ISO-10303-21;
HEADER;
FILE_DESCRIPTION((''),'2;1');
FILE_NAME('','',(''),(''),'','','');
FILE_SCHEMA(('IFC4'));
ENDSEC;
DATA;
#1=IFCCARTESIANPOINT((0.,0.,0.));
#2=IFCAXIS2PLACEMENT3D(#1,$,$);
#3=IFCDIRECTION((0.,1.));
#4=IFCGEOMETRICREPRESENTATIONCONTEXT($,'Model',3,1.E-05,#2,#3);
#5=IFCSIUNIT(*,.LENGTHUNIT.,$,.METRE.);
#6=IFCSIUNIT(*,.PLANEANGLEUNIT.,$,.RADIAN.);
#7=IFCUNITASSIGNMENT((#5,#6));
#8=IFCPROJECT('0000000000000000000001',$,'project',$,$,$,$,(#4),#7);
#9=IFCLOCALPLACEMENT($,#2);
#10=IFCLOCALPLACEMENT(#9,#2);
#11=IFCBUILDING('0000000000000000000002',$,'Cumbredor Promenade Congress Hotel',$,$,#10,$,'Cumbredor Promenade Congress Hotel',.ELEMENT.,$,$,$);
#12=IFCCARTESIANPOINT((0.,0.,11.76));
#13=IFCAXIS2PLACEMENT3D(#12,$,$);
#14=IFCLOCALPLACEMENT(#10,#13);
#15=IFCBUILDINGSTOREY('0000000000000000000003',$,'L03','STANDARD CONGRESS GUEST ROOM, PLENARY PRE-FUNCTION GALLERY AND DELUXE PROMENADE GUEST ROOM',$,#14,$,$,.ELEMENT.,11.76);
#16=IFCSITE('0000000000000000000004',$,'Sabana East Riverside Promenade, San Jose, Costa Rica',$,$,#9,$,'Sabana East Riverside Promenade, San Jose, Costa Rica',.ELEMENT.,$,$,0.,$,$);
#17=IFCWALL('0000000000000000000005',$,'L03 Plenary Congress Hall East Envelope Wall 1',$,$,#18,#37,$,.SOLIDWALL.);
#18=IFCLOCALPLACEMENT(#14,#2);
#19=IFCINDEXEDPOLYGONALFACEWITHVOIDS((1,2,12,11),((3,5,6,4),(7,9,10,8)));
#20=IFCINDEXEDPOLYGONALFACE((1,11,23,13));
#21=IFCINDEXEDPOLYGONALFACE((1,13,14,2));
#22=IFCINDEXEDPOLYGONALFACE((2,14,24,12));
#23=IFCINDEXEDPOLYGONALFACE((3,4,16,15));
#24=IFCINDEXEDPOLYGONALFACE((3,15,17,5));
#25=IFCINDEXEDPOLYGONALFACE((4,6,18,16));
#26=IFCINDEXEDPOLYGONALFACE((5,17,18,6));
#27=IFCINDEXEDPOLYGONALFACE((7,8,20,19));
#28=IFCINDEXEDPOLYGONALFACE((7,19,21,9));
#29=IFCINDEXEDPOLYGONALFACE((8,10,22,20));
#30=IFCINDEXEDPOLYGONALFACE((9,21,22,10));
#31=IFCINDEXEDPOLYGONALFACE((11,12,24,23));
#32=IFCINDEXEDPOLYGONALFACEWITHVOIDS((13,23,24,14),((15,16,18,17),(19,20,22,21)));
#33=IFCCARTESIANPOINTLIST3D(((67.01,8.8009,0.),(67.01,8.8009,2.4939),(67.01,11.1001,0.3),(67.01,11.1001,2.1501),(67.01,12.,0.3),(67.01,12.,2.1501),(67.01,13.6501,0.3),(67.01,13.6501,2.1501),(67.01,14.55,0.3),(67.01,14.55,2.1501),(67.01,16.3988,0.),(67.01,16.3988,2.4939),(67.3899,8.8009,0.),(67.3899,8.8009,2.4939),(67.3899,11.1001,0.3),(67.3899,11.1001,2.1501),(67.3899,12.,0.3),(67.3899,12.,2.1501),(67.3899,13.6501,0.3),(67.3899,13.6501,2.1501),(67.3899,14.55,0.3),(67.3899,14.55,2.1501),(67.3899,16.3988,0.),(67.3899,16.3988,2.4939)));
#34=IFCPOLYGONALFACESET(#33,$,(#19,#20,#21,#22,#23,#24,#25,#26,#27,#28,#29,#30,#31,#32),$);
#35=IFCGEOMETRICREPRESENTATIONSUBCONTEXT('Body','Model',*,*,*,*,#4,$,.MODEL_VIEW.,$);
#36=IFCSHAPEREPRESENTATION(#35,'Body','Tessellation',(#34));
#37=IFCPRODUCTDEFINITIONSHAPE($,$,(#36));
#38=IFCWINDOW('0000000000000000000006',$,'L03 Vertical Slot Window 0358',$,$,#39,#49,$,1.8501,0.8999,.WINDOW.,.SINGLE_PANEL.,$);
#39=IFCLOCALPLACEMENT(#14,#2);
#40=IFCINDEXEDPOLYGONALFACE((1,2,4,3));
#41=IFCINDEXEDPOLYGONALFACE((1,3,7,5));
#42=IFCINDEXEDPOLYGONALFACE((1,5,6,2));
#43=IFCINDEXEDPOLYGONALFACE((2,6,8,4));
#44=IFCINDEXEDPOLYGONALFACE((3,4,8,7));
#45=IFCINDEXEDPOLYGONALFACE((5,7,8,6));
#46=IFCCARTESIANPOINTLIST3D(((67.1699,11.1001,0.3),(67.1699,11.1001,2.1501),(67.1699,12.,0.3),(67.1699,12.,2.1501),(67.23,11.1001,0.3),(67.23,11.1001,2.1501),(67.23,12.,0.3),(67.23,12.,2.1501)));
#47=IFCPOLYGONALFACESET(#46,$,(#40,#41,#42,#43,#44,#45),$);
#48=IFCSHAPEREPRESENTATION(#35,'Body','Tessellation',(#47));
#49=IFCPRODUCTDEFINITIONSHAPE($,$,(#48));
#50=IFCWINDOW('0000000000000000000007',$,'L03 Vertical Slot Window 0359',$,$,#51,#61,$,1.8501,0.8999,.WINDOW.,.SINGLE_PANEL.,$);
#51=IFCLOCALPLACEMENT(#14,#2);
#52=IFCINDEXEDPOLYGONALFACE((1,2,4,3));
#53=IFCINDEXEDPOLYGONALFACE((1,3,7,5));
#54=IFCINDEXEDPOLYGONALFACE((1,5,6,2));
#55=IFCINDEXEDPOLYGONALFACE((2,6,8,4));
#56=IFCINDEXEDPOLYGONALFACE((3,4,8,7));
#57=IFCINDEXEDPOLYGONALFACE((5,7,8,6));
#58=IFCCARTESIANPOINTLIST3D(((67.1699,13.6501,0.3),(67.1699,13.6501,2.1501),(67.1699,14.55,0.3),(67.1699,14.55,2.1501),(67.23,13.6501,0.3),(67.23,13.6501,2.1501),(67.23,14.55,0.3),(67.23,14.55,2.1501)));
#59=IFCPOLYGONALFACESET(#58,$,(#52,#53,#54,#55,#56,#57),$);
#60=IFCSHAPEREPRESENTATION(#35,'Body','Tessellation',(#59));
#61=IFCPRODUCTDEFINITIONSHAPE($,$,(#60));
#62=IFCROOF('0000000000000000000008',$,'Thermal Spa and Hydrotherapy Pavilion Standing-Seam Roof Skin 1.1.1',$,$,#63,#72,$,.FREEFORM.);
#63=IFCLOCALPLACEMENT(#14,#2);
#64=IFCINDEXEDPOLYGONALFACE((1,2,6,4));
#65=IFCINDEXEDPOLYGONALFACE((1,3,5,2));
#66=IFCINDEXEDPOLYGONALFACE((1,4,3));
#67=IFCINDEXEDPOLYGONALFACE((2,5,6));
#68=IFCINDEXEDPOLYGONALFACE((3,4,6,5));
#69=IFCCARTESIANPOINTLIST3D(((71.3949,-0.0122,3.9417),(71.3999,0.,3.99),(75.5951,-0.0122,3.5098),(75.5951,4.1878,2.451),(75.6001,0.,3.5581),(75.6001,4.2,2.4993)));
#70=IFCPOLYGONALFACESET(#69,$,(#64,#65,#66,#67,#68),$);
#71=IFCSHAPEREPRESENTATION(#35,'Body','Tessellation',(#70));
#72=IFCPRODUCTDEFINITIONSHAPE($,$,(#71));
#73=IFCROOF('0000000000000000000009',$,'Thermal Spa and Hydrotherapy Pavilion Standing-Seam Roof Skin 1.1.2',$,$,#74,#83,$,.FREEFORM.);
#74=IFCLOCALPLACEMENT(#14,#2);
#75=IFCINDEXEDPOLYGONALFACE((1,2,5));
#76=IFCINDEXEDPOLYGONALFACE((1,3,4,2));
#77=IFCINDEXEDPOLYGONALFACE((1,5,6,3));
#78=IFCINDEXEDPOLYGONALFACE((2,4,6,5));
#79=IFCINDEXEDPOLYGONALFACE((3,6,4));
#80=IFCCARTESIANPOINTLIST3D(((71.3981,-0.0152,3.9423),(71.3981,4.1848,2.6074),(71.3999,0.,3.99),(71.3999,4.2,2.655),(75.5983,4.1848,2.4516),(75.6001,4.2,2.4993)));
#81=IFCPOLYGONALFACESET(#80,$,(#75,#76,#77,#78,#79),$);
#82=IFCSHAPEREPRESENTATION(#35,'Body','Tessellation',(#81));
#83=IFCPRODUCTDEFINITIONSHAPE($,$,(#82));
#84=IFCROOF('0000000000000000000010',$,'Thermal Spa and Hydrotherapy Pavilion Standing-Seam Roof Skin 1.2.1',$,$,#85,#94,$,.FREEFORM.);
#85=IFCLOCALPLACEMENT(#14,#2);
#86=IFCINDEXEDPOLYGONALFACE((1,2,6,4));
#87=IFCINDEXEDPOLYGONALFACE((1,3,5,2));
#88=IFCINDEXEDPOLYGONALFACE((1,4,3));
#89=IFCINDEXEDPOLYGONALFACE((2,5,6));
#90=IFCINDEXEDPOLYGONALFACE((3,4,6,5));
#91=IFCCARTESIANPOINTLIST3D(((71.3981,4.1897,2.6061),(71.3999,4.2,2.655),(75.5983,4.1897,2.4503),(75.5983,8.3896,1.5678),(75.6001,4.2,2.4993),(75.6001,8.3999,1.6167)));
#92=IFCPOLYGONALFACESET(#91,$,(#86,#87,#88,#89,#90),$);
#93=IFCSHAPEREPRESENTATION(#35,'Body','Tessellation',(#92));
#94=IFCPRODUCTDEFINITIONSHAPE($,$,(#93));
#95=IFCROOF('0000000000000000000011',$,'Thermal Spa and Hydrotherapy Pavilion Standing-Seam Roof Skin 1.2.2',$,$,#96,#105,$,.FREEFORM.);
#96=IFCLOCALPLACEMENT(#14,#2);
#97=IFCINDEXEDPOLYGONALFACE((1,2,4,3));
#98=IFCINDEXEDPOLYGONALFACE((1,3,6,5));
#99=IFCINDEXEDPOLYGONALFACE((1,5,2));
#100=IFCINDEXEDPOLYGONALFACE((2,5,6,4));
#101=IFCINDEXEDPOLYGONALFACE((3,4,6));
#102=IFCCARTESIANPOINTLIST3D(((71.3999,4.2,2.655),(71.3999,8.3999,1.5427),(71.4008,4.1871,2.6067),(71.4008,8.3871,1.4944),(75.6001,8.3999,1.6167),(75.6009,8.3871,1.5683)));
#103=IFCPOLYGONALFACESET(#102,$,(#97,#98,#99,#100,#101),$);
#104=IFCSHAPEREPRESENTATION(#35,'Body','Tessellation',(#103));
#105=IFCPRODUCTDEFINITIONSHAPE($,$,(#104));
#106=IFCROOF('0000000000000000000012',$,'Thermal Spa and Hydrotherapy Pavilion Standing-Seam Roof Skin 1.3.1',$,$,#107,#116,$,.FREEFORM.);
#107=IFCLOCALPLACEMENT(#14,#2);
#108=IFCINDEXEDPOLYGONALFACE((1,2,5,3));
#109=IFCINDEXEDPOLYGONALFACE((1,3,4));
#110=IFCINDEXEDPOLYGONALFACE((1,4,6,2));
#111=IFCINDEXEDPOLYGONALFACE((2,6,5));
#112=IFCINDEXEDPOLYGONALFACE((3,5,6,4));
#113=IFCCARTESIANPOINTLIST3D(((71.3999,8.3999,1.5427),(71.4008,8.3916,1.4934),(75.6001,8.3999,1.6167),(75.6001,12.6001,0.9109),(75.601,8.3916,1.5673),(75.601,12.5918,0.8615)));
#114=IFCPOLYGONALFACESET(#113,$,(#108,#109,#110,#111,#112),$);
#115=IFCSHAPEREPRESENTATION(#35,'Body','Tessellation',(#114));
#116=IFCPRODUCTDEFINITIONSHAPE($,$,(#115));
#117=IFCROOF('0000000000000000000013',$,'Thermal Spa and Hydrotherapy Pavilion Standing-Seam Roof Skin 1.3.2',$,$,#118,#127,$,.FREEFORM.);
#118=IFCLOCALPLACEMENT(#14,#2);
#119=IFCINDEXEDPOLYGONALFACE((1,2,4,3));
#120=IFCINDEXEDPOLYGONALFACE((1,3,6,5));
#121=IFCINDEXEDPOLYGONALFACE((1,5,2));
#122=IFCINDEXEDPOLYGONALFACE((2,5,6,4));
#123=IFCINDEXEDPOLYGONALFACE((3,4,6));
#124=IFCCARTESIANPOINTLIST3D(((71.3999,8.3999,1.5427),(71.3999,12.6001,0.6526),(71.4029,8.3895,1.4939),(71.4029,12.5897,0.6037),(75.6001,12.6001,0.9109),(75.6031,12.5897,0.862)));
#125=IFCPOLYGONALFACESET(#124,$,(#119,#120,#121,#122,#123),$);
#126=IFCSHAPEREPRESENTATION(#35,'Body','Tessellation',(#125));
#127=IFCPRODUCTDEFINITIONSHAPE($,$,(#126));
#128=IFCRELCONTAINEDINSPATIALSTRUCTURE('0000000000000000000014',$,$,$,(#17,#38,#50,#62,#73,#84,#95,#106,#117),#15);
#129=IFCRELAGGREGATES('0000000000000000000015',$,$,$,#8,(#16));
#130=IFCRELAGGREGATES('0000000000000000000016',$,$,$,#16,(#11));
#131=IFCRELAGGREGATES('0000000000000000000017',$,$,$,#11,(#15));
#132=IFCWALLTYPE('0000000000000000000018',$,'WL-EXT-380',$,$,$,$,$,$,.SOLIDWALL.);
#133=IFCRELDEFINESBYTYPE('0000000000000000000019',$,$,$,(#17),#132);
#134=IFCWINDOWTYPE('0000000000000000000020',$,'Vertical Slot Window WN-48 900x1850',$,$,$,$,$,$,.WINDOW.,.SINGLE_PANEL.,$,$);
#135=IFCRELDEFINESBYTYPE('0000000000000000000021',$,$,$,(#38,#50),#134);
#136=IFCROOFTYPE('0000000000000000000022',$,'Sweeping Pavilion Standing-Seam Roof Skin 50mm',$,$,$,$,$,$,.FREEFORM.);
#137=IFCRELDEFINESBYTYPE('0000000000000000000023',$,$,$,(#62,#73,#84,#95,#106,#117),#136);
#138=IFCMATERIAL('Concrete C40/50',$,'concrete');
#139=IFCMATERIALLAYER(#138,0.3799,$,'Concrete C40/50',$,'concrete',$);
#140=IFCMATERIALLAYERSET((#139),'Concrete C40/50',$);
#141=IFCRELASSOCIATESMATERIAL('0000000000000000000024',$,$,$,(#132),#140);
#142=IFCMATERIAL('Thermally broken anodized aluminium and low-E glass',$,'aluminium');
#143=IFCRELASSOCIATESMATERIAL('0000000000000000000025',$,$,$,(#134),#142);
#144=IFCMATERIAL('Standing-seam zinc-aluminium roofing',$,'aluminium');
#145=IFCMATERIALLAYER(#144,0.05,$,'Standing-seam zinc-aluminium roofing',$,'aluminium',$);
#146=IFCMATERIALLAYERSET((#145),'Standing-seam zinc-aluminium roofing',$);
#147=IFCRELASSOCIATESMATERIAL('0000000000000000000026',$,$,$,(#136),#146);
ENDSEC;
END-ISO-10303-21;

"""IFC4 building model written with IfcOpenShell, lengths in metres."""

from ifc_helpers import new_model, si_unit, direction, frame, frame_2d, origin, place, context, subcontext, project, spatial, polyline, rectangle, outline, extrude, material, layer, layer_set, type_object, element, fill, save


model = new_model("IFC4")

# Units and contexts
model_context = context("Model", 3, precision=1e-05, world=origin(), true_north=direction((0.0, 1.0)))
body_context = subcontext(model_context, "Body", "Model", "MODEL_VIEW")
ifc_project = project(units=[si_unit("LENGTHUNIT", "METRE"), si_unit("PLANEANGLEUNIT", "RADIAN")], contexts=[model_context])

# Site, building, storey
site_placement = place(None, origin())
site = spatial("IfcSite", under=ifc_project, at=site_placement, Name="Sabana East Riverside Promenade, San Jose, Costa Rica", LongName="Sabana East Riverside Promenade, San Jose, Costa Rica", CompositionType="ELEMENT", RefElevation=0.0)
building_placement = place(site_placement, origin())
building = spatial("IfcBuilding", under=site, at=building_placement, Name="Cumbredor Promenade Congress Hotel", LongName="Cumbredor Promenade Congress Hotel", CompositionType="ELEMENT")
storey_placement = place(building_placement, frame((0.0, 0.0, 11.76)))
storey = spatial("IfcBuildingStorey", under=building, at=storey_placement, Name="L03", Description="STANDARD CONGRESS GUEST ROOM, PLENARY PRE-FUNCTION GALLERY AND DELUXE PROMENADE GUEST ROOM", CompositionType="ELEMENT", Elevation=11.76)

# Shared definitions
ifc_material_1 = material(Name="Thermally broken anodized aluminium and low-E glass", Category="aluminium")

# Shared definitions
ifc_material_2 = material(Name="Concrete C40/50", Category="concrete")

# Wall, openings, windows
ifc_layer_1 = layer(ifc_material_2, 0.3799, Name="Concrete C40/50", Category="concrete")
ifc_layer_set_1 = layer_set([ifc_layer_1], Name="Concrete C40/50")
wall_type = type_object("IfcWallType", Name="WL-EXT-380", PredefinedType="SOLIDWALL", material=ifc_layer_set_1)
wall_placement = place(storey_placement, frame((67.2, 8.801, 0.0), z_axis=(0.0, 0.0, 1.0), x_axis=(0.0, 1.0, 0.0)))
wall = element("IfcWall", 1, at=wall_placement, inside=storey, type_object=wall_type, Name="L03 Plenary Congress Hall East Envelope Wall 1", PredefinedType="SOLIDWALL", context=body_context, shape_type="SweptSolid", body=[
    extrude(rectangle(XDim=7.5979, YDim=0.3799, at=frame_2d((3.7988, 0.0))), origin(), (0.0, 0.0, 1.0), 2.4939),
])
opening_1_placement = place(wall_placement, frame((2.2991, 0.0, 0.3)))
opening_1 = element("IfcOpeningElement", 2, at=opening_1_placement, cuts=wall, PredefinedType="OPENING", context=body_context, shape_type="SweptSolid", body=[
    extrude(rectangle(XDim=0.8999, YDim=1.8501, at=frame_2d((0.45, 0.925))), frame((0.0, 0.2, 0.0), z_axis=(0.0, -1.0, 0.0), x_axis=(1.0, 0.0, 0.0)), (0.0, 0.0, 1.0), 0.3999),
])
opening_2_placement = place(wall_placement, frame((4.8491, 0.0, 0.3)))
opening_2 = element("IfcOpeningElement", 3, at=opening_2_placement, cuts=wall, PredefinedType="OPENING", context=body_context, shape_type="SweptSolid", body=[
    extrude(rectangle(XDim=0.8999, YDim=1.8501, at=frame_2d((0.45, 0.925))), frame((0.0, 0.2, 0.0), z_axis=(0.0, -1.0, 0.0), x_axis=(1.0, 0.0, 0.0)), (0.0, 0.0, 1.0), 0.3999),
])
window_type = type_object("IfcWindowType", Name="Vertical Slot Window WN-48 900x1850", PartitioningType="SINGLE_PANEL", PredefinedType="WINDOW", material=ifc_material_1)
window_1_placement = place(opening_1_placement, origin())
window_1 = element("IfcWindow", 4, at=window_1_placement, inside=storey, type_object=window_type, Name="L03 Vertical Slot Window 0358", OverallHeight=1.8501, OverallWidth=0.8999, PartitioningType="SINGLE_PANEL", PredefinedType="WINDOW", context=body_context, shape_type="SweptSolid", body=[
    extrude(rectangle(XDim=0.8999, YDim=1.8501, at=frame_2d((0.45, 0.925))), frame((0.0, 0.03, 0.0), z_axis=(0.0, -1.0, 0.0), x_axis=(1.0, 0.0, 0.0)), (0.0, 0.0, 1.0), 0.0601),
])
fill(opening_1, window_1)
window_2_placement = place(opening_2_placement, origin())
window_2 = element("IfcWindow", 5, at=window_2_placement, inside=storey, type_object=window_type, Name="L03 Vertical Slot Window 0359", OverallHeight=1.8501, OverallWidth=0.8999, PartitioningType="SINGLE_PANEL", PredefinedType="WINDOW", context=body_context, shape_type="SweptSolid", body=[
    extrude(rectangle(XDim=0.8999, YDim=1.8501, at=frame_2d((0.45, 0.925))), frame((0.0, 0.03, 0.0), z_axis=(0.0, -1.0, 0.0), x_axis=(1.0, 0.0, 0.0)), (0.0, 0.0, 1.0), 0.0601),
])
fill(opening_2, window_2)

# Roofs
ifc_material_3 = material(Name="Standing-seam zinc-aluminium roofing", Category="aluminium")
ifc_layer_2 = layer(ifc_material_3, 0.05, Name="Standing-seam zinc-aluminium roofing", Category="aluminium")
ifc_layer_set_2 = layer_set([ifc_layer_2], Name="Standing-seam zinc-aluminium roofing")
roof_type = type_object("IfcRoofType", Name="Sweeping Pavilion Standing-Seam Roof Skin 50mm", PredefinedType="FREEFORM", material=ifc_layer_set_2)
roof_1_placement = place(storey_placement, frame((71.3999, 0.0, 3.99), z_axis=(0.099213, 0.243252, 0.964876), x_axis=(0.994755, 0.0, -0.102286)))
element("IfcRoof", 6, at=roof_1_placement, inside=storey, type_object=roof_type, Name="Thermal Spa and Hydrotherapy Pavilion Standing-Seam Roof Skin 1.1.1", PredefinedType="FREEFORM", context=body_context, shape_type="SweptSolid", body=[
    extrude(outline(polyline([(0.0, 0.0), (4.2223, 0.0), (4.3306, 4.33), (0.0, 0.0)])), origin(), (0.0, 0.0, -1.0), 0.05),
])
roof_2_placement = place(storey_placement, frame((71.3999, 0.0, 3.99), z_axis=(0.03532, 0.302729, 0.952422), x_axis=(0.685857, 0.685817, -0.243423)))
element("IfcRoof", 7, at=roof_2_placement, inside=storey, type_object=roof_type, Name="Thermal Spa and Hydrotherapy Pavilion Standing-Seam Roof Skin 1.1.2", PredefinedType="FREEFORM", context=body_context, shape_type="SweptSolid", body=[
    extrude(outline(polyline([(0.0, 0.0), (6.124, 0.0), (3.2054, 3.0245), (0.0, 0.0)])), origin(), (0.0, 0.0, -1.0), 0.05),
])
roof_3_placement = place(storey_placement, frame((71.3999, 4.2, 2.655), z_axis=(0.036268, 0.205511, 0.977983), x_axis=(0.999313, 0.0, -0.037059)))
element("IfcRoof", 8, at=roof_3_placement, inside=storey, type_object=roof_type, Name="Thermal Spa and Hydrotherapy Pavilion Standing-Seam Roof Skin 1.2.1", PredefinedType="FREEFORM", context=body_context, shape_type="SweptSolid", body=[
    extrude(outline(polyline([(0.0, 0.0), (4.2031, 0.0), (4.2358, 4.2916), (0.0, 0.0)])), origin(), (0.0, 0.0, -1.0), 0.05),
])
roof_4_placement = place(storey_placement, frame((71.3999, 4.2, 2.655), z_axis=(-0.017023, 0.255974, 0.966534), x_axis=(0.696565, 0.696524, -0.172198)))
element("IfcRoof", 9, at=roof_4_placement, inside=storey, type_object=roof_type, Name="Thermal Spa and Hydrotherapy Pavilion Standing-Seam Roof Skin 1.2.2", PredefinedType="FREEFORM", context=body_context, shape_type="SweptSolid", body=[
    extrude(outline(polyline([(0.0, 0.0), (6.0299, 0.0), (3.1169, 3.0268), (0.0, 0.0)])), origin(), (0.0, 0.0, -1.0), 0.05),
])
roof_5_placement = place(storey_placement, frame((71.3999, 8.3999, 1.5427), z_axis=(-0.017366, 0.165694, 0.986024), x_axis=(0.999845, 0.0, 0.017609)))
element("IfcRoof", 10, at=roof_5_placement, inside=storey, type_object=roof_type, Name="Thermal Spa and Hydrotherapy Pavilion Standing-Seam Roof Skin 1.3.1", PredefinedType="FREEFORM", context=body_context, shape_type="SweptSolid", body=[
    extrude(outline(polyline([(0.0, 0.0), (4.2008, 0.0), (4.1884, 4.2591), (0.0, 0.0)])), origin(), (0.0, 0.0, -1.0), 0.05),
])
roof_6_placement = place(storey_placement, frame((71.3999, 8.3999, 1.5427), z_axis=(-0.060053, 0.206949, 0.976507), x_axis=(0.70314, 0.70314, -0.105773)))
element("IfcRoof", 11, at=roof_6_placement, inside=storey, type_object=roof_type, Name="Thermal Spa and Hydrotherapy Pavilion Standing-Seam Roof Skin 1.3.2", PredefinedType="FREEFORM", context=body_context, shape_type="SweptSolid", body=[
    extrude(outline(polyline([(0.0, 0.0), (5.9735, 0.0), (3.0475, 3.0244), (0.0, 0.0)])), origin(), (0.0, 0.0, -1.0), 0.05),
])

save(model, "model.ifc")
